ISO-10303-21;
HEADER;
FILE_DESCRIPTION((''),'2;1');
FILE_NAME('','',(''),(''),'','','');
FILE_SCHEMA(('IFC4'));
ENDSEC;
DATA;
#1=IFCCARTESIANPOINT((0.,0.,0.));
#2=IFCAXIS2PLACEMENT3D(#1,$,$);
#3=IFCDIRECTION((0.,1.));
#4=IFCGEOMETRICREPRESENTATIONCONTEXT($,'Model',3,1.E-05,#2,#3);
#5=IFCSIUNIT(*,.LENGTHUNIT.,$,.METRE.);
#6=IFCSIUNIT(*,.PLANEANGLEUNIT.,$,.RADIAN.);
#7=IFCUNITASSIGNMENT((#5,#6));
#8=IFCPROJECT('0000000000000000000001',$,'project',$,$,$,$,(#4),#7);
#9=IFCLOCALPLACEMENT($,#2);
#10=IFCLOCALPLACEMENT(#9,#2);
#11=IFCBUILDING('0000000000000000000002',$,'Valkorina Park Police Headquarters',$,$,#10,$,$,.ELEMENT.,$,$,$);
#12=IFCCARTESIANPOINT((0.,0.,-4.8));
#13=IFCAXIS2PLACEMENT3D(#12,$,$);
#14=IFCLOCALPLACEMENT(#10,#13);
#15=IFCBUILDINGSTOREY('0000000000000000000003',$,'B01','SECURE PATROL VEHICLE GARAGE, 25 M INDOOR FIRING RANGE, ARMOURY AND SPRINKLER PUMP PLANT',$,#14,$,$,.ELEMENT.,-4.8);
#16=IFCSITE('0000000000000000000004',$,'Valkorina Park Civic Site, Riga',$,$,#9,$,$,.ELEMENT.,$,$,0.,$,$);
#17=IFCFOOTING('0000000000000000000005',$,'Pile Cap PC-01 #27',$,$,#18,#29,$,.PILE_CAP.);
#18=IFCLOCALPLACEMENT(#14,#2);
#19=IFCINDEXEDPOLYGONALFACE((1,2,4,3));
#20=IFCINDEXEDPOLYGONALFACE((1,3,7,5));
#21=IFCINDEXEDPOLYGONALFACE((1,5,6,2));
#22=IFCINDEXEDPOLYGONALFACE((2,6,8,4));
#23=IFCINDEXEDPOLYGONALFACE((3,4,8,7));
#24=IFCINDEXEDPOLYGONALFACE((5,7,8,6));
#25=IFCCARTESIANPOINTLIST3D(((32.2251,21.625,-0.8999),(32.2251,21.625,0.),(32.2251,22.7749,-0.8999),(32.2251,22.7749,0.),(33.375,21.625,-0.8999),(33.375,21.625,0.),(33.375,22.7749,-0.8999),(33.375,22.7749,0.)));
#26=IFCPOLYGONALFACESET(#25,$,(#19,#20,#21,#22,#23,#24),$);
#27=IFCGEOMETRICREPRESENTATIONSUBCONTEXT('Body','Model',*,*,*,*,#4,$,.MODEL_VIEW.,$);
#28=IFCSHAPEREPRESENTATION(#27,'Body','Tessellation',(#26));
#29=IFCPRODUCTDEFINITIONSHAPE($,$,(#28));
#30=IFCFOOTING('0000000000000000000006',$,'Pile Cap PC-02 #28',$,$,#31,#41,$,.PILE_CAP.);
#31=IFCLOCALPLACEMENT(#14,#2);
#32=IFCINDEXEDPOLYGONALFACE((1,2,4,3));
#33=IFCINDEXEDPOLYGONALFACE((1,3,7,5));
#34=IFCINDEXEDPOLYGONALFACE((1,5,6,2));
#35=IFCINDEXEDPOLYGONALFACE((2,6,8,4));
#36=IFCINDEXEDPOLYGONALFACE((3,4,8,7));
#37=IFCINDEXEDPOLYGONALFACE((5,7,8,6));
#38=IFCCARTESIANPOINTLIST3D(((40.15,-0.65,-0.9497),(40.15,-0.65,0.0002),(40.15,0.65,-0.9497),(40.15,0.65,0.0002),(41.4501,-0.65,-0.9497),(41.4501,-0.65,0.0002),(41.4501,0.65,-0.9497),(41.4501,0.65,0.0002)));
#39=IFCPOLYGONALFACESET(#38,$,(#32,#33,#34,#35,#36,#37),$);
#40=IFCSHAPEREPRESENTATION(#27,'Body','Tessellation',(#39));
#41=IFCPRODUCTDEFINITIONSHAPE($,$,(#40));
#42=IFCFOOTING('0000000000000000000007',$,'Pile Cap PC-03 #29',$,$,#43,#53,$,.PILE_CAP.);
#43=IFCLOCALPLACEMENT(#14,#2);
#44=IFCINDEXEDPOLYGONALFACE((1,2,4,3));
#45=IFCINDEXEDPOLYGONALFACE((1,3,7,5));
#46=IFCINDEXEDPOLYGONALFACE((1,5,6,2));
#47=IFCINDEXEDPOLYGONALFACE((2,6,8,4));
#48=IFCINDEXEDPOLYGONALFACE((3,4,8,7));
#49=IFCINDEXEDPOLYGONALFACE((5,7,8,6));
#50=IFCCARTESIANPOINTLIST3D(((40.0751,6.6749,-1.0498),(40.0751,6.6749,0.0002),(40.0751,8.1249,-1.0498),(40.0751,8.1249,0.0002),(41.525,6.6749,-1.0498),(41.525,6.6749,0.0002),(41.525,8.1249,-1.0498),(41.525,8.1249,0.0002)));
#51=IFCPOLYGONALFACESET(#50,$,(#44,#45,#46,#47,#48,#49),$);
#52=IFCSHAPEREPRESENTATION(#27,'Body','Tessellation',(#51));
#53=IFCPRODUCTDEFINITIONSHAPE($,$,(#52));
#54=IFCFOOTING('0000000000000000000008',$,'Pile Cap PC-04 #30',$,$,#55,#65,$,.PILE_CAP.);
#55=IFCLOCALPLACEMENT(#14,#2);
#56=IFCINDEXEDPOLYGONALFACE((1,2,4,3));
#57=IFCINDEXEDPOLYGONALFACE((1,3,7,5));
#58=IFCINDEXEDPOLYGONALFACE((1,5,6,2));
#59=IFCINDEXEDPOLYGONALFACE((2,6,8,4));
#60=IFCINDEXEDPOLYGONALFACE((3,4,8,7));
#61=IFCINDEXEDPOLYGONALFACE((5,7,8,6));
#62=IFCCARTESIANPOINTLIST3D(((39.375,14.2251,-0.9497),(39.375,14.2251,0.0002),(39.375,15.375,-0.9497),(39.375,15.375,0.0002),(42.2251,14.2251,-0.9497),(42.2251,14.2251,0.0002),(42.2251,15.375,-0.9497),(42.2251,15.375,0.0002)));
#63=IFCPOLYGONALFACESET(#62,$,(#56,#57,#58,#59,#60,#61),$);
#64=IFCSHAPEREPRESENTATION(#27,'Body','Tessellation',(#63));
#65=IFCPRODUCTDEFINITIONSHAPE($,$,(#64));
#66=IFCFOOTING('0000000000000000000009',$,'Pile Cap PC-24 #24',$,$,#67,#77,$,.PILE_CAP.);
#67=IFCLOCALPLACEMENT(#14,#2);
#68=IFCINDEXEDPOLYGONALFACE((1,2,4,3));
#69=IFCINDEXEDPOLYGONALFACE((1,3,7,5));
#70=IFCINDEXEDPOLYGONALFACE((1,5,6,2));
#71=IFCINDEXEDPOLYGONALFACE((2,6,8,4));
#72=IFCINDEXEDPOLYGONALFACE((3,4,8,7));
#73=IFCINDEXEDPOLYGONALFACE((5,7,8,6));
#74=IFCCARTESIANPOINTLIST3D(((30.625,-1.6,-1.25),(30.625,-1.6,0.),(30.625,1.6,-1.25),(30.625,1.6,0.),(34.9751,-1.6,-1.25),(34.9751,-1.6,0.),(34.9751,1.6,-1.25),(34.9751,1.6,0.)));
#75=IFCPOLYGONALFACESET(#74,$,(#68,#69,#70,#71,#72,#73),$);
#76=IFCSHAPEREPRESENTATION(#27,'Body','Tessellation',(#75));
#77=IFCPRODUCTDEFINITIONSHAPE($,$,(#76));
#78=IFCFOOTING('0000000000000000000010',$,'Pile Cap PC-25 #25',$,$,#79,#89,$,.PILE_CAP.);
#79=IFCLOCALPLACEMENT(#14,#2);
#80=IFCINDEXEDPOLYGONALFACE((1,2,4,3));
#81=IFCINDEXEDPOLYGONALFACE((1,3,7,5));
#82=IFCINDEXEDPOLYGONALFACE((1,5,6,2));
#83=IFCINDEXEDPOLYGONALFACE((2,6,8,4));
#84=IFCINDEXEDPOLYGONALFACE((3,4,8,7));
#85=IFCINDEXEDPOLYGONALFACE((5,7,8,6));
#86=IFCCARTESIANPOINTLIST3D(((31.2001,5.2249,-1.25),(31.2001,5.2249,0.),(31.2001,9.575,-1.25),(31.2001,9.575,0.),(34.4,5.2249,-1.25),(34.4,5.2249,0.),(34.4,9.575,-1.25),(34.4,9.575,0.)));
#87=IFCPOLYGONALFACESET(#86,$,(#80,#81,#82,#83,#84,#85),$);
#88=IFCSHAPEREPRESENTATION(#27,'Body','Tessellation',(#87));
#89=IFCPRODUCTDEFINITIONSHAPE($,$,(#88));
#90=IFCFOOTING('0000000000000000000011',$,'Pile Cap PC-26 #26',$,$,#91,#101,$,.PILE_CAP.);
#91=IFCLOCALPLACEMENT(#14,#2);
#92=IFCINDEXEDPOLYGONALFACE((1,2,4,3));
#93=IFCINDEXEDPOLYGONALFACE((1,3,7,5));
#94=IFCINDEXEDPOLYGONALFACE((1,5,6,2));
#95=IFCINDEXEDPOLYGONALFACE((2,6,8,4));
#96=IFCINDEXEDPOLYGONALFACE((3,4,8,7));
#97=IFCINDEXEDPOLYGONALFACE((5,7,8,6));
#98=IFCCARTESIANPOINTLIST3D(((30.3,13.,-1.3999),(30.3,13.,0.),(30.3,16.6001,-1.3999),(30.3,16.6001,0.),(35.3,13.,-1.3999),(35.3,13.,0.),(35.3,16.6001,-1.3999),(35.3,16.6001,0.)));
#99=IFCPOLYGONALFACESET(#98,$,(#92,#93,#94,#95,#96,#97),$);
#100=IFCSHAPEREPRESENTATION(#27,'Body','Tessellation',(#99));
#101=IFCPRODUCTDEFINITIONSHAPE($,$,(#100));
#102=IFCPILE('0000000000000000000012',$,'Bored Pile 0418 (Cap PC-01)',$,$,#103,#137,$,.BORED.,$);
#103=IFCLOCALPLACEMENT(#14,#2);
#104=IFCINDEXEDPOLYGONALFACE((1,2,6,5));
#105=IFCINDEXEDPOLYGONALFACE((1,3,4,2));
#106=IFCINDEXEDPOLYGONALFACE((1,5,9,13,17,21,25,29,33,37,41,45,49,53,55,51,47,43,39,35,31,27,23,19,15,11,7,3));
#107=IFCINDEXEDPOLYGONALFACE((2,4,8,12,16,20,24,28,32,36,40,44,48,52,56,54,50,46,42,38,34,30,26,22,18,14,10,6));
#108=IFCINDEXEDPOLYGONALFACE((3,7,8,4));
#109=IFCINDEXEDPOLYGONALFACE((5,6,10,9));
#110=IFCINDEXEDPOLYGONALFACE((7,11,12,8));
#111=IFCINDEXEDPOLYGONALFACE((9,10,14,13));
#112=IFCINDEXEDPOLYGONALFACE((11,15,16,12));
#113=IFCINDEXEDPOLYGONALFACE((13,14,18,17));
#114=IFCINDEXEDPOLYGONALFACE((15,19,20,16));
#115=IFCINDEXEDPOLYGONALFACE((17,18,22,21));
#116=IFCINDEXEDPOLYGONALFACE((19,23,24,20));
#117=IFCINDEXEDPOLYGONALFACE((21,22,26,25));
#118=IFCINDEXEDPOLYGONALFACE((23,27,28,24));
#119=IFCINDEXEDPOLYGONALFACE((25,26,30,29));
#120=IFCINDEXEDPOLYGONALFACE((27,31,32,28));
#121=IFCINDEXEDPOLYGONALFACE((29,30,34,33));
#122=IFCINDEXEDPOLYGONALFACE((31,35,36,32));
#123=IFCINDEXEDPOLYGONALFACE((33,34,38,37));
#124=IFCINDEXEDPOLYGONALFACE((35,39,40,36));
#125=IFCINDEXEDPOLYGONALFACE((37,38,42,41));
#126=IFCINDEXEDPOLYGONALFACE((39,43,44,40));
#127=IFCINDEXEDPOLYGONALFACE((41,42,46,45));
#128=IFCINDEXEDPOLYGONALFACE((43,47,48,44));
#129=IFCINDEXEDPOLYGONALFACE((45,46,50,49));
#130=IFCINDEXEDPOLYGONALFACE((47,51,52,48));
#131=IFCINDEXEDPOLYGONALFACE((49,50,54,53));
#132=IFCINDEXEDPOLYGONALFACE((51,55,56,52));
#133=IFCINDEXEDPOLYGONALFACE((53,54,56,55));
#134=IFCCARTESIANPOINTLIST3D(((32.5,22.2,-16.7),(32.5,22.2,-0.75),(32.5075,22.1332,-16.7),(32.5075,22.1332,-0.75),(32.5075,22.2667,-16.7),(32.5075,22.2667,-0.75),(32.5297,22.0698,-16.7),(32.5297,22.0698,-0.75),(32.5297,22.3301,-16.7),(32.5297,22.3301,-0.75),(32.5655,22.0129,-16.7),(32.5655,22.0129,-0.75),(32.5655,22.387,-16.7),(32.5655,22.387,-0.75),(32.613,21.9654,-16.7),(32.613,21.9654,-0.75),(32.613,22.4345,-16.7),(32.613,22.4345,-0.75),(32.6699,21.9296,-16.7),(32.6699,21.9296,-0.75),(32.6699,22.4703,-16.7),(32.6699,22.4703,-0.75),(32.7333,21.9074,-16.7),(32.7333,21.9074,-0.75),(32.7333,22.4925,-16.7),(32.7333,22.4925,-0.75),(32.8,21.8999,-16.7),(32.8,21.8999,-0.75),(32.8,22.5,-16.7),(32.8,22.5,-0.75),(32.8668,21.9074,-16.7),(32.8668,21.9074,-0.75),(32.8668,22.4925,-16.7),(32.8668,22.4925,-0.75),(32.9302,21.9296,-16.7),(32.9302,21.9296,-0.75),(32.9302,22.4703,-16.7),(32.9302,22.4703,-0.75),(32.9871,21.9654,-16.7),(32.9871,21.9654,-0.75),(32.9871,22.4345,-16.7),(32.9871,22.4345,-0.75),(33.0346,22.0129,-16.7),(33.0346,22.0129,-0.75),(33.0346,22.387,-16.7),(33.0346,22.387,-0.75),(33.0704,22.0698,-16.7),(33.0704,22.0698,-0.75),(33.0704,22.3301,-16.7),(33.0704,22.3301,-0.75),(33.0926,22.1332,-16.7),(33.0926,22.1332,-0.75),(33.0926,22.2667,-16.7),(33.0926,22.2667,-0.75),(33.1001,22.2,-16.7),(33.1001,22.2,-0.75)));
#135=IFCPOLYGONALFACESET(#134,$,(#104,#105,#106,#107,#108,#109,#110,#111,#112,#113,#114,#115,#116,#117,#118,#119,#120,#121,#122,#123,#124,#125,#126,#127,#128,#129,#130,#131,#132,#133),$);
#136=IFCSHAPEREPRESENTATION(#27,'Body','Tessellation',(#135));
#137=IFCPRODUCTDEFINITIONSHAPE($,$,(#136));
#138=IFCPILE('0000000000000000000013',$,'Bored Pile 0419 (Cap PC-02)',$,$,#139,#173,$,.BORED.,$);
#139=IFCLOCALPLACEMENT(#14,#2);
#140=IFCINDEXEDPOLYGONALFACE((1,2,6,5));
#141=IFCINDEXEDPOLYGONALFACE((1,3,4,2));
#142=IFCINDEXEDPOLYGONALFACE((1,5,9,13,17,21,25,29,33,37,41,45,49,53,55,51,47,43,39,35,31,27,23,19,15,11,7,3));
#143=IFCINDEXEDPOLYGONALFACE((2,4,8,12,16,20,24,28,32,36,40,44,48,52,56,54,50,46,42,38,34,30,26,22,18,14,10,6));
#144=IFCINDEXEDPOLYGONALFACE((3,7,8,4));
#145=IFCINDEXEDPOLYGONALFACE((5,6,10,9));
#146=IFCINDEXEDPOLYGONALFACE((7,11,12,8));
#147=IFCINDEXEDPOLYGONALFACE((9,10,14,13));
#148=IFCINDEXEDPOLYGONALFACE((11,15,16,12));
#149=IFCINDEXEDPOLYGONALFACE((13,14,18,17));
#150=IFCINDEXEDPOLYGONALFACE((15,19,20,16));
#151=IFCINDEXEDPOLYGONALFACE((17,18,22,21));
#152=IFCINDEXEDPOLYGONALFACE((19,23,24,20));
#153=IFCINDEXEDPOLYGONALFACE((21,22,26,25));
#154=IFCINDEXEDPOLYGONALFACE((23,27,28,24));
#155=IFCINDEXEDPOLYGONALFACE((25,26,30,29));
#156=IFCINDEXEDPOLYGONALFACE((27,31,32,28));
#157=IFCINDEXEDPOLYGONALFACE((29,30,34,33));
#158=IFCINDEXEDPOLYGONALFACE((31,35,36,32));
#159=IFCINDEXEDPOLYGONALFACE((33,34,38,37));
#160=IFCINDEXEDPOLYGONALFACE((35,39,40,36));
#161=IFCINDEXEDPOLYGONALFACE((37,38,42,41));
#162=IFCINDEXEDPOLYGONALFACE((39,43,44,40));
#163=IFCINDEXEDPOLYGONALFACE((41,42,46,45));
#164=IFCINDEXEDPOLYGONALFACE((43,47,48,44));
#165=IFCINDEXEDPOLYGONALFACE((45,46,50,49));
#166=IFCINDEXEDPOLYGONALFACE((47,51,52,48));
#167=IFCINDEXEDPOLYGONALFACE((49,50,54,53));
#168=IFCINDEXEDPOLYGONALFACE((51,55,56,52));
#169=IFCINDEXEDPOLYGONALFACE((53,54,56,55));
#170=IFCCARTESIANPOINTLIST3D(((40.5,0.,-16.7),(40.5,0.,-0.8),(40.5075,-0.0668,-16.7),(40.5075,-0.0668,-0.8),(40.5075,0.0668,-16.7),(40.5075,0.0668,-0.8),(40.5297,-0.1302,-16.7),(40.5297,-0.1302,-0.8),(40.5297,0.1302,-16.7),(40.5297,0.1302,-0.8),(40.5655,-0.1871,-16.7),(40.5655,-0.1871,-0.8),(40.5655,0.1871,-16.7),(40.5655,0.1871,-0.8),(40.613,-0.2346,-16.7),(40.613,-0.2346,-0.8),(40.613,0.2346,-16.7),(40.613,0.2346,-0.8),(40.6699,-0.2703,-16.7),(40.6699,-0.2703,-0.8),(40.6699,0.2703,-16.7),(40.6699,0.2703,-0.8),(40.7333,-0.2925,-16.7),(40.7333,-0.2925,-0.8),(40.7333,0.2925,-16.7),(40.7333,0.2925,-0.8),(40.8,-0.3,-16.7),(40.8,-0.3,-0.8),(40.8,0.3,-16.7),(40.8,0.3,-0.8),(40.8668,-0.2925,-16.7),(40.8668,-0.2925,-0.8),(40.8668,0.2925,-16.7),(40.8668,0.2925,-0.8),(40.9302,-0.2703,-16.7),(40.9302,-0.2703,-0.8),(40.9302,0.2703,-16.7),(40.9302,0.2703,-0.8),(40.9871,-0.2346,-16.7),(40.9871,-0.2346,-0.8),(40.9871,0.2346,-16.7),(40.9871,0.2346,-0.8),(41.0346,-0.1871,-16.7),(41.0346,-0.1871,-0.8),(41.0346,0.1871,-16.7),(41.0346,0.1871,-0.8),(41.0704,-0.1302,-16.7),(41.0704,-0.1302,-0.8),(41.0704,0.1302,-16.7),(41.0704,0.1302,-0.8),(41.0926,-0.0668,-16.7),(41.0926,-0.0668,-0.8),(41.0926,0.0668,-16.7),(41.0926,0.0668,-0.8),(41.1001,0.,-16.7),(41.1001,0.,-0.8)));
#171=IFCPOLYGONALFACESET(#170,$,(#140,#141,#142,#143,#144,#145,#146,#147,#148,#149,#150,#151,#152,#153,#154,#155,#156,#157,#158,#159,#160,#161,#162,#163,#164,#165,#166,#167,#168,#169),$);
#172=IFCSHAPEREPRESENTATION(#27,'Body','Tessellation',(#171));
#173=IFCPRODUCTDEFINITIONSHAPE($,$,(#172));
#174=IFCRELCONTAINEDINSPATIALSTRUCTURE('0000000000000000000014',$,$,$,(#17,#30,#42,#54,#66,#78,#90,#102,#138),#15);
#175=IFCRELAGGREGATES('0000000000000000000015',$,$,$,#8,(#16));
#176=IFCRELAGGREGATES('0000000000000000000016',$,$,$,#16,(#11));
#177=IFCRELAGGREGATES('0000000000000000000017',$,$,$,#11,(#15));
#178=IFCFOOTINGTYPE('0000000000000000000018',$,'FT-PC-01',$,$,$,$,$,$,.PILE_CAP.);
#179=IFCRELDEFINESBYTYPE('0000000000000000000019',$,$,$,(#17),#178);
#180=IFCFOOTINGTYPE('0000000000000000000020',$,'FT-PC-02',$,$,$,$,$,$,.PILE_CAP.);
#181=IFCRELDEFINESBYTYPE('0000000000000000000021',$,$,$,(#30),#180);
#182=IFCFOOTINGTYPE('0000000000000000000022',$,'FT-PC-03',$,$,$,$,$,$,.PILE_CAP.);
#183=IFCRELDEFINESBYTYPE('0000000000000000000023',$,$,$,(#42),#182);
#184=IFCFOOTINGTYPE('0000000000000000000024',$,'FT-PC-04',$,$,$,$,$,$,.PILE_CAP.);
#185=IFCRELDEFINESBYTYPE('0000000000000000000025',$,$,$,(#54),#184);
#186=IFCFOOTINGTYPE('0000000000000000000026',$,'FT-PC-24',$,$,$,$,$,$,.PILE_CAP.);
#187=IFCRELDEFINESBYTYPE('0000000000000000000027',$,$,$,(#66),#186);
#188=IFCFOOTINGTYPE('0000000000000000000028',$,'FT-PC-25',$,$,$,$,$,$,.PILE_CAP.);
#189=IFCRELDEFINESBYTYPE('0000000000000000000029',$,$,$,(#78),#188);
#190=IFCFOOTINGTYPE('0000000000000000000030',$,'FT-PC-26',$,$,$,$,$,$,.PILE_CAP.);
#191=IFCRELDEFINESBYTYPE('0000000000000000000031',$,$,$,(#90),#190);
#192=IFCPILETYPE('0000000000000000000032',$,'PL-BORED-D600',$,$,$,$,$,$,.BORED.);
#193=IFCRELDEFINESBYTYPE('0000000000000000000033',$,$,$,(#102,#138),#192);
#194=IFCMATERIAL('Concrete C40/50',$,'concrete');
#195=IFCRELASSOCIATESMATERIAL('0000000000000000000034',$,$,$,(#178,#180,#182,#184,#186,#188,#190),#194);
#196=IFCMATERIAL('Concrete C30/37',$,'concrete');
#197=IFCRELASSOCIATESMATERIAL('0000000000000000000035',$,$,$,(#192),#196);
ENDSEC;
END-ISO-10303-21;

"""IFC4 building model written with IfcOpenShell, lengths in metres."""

from ifc_helpers import new_model, si_unit, direction, frame, origin, origin_2d, place, context, subcontext, project, spatial, rectangle, circle, extrude, material, material_profile, profile_set, type_object, element, save


model = new_model("IFC4")

# Units and contexts
model_context = context("Model", 3, precision=1e-05, world=origin(), true_north=direction((0.0, 1.0)))
body_context = subcontext(model_context, "Body", "Model", "MODEL_VIEW")
ifc_project = project(units=[si_unit("LENGTHUNIT", "METRE"), si_unit("PLANEANGLEUNIT", "RADIAN")], contexts=[model_context])

# Site, building, storey
site_placement = place(None, origin())
site = spatial("IfcSite", under=ifc_project, at=site_placement, Name="Valkorina Park Civic Site, Riga", CompositionType="ELEMENT", RefElevation=0.0)
building_placement = place(site_placement, origin())
building = spatial("IfcBuilding", under=site, at=building_placement, Name="Valkorina Park Police Headquarters", CompositionType="ELEMENT")
storey_placement = place(building_placement, frame((0.0, 0.0, -4.8)))
storey = spatial("IfcBuildingStorey", under=building, at=storey_placement, Name="B01", Description="SECURE PATROL VEHICLE GARAGE, 25 M INDOOR FIRING RANGE, ARMOURY AND SPRINKLER PUMP PLANT", CompositionType="ELEMENT", Elevation=-4.8)

# Footings
ifc_material_1 = material(Name="Concrete C40/50", Category="concrete")
footing_type_1 = type_object("IfcFootingType", Name="FT-PC-01", PredefinedType="PILE_CAP", material=ifc_material_1)
footing_1_placement = place(storey_placement, frame((32.8, 22.2, -0.8999), z_axis=(0.0, 0.0, 1.0), x_axis=(1.0, 0.0, 0.0)))
element("IfcFooting", 1, at=footing_1_placement, inside=storey, type_object=footing_type_1, Name="Pile Cap PC-01 #27", PredefinedType="PILE_CAP", context=body_context, shape_type="SweptSolid", body=[
    extrude(rectangle(XDim=1.1499, YDim=1.1499, at=origin_2d()), origin(), (0.0, 0.0, 1.0), 0.8999),
])
footing_type_2 = type_object("IfcFootingType", Name="FT-PC-02", PredefinedType="PILE_CAP", material=ifc_material_1)
footing_2_placement = place(storey_placement, frame((40.8, 0.0, -0.9497), z_axis=(0.0, 0.0, 1.0), x_axis=(1.0, 0.0, 0.0)))
element("IfcFooting", 2, at=footing_2_placement, inside=storey, type_object=footing_type_2, Name="Pile Cap PC-02 #28", PredefinedType="PILE_CAP", context=body_context, shape_type="SweptSolid", body=[
    extrude(rectangle(XDim=1.3, YDim=1.3, at=origin_2d()), origin(), (0.0, 0.0, 1.0), 0.95),
])
footing_type_3 = type_object("IfcFootingType", Name="FT-PC-03", PredefinedType="PILE_CAP", material=ifc_material_1)
footing_3_placement = place(storey_placement, frame((40.8, 7.3999, -1.0498), z_axis=(0.0, 0.0, 1.0), x_axis=(1.0, 0.0, 0.0)))
element("IfcFooting", 3, at=footing_3_placement, inside=storey, type_object=footing_type_3, Name="Pile Cap PC-03 #29", PredefinedType="PILE_CAP", context=body_context, shape_type="SweptSolid", body=[
    extrude(rectangle(XDim=1.45, YDim=1.45, at=origin_2d()), origin(), (0.0, 0.0, 1.0), 1.05),
])
footing_type_4 = type_object("IfcFootingType", Name="FT-PC-04", PredefinedType="PILE_CAP", material=ifc_material_1)
footing_4_placement = place(storey_placement, frame((40.8, 14.8, -0.9497), z_axis=(0.0, 0.0, 1.0), x_axis=(1.0, 0.0, 0.0)))
element("IfcFooting", 4, at=footing_4_placement, inside=storey, type_object=footing_type_4, Name="Pile Cap PC-04 #30", PredefinedType="PILE_CAP", context=body_context, shape_type="SweptSolid", body=[
    extrude(rectangle(XDim=2.8501, YDim=1.1499, at=origin_2d()), origin(), (0.0, 0.0, 1.0), 0.95),
])
footing_type_5 = type_object("IfcFootingType", Name="FT-PC-24", PredefinedType="PILE_CAP", material=ifc_material_1)
footing_5_placement = place(storey_placement, frame((32.8, 0.0, -1.25), z_axis=(0.0, 0.0, 1.0), x_axis=(1.0, 0.0, 0.0)))
element("IfcFooting", 5, at=footing_5_placement, inside=storey, type_object=footing_type_5, Name="Pile Cap PC-24 #24", PredefinedType="PILE_CAP", context=body_context, shape_type="SweptSolid", body=[
    extrude(rectangle(XDim=4.3501, YDim=3.2, at=origin_2d()), origin(), (0.0, 0.0, 1.0), 1.25),
])
footing_type_6 = type_object("IfcFootingType", Name="FT-PC-25", PredefinedType="PILE_CAP", material=ifc_material_1)
footing_6_placement = place(storey_placement, frame((32.8, 7.3999, -1.25), z_axis=(0.0, 0.0, 1.0), x_axis=(1.0, 0.0, 0.0)))
element("IfcFooting", 6, at=footing_6_placement, inside=storey, type_object=footing_type_6, Name="Pile Cap PC-25 #25", PredefinedType="PILE_CAP", context=body_context, shape_type="SweptSolid", body=[
    extrude(rectangle(XDim=3.2, YDim=4.3501, at=origin_2d()), origin(), (0.0, 0.0, 1.0), 1.25),
])
footing_type_7 = type_object("IfcFootingType", Name="FT-PC-26", PredefinedType="PILE_CAP", material=ifc_material_1)
footing_7_placement = place(storey_placement, frame((32.8, 14.8, -1.3999), z_axis=(0.0, 0.0, 1.0), x_axis=(1.0, 0.0, 0.0)))
element("IfcFooting", 7, at=footing_7_placement, inside=storey, type_object=footing_type_7, Name="Pile Cap PC-26 #26", PredefinedType="PILE_CAP", context=body_context, shape_type="SweptSolid", body=[
    extrude(rectangle(XDim=5.0, YDim=3.6001, at=origin_2d()), origin(), (0.0, 0.0, 1.0), 1.3999),
])

# Piles
ifc_material_2 = material(Name="Concrete C30/37", Category="concrete")
ifc_material_profile_1 = material_profile(ifc_material_2, circle(Radius=0.3, at=origin_2d()), Name="BORED PILE D600")
ifc_profile_set_1 = profile_set([ifc_material_profile_1], Name="Concrete C30/37")
pile_type_1 = type_object("IfcPileType", Name="PL-BORED-D600", PredefinedType="BORED", material=ifc_profile_set_1)
pile_1_placement = place(storey_placement, frame((32.8, 22.2, -0.75), z_axis=(0.0, 0.0, -1.0), x_axis=(1.0, 0.0, 0.0)))
element("IfcPile", 8, at=pile_1_placement, inside=storey, type_object=pile_type_1, Name="Bored Pile 0418 (Cap PC-01)", PredefinedType="BORED", context=body_context, shape_type="SweptSolid", body=[
    extrude(circle(Radius=0.3, at=origin_2d()), origin(), (0.0, 0.0, 1.0), 15.95),
])
pile_2_placement = place(storey_placement, frame((40.8, 0.0, -0.8), z_axis=(0.0, 0.0, -1.0), x_axis=(1.0, 0.0, 0.0)))
element("IfcPile", 9, at=pile_2_placement, inside=storey, type_object=pile_type_1, Name="Bored Pile 0419 (Cap PC-02)", PredefinedType="BORED", context=body_context, shape_type="SweptSolid", body=[
    extrude(circle(Radius=0.3, at=origin_2d()), origin(), (0.0, 0.0, 1.0), 15.8999),
])

save(model, "model.ifc")
